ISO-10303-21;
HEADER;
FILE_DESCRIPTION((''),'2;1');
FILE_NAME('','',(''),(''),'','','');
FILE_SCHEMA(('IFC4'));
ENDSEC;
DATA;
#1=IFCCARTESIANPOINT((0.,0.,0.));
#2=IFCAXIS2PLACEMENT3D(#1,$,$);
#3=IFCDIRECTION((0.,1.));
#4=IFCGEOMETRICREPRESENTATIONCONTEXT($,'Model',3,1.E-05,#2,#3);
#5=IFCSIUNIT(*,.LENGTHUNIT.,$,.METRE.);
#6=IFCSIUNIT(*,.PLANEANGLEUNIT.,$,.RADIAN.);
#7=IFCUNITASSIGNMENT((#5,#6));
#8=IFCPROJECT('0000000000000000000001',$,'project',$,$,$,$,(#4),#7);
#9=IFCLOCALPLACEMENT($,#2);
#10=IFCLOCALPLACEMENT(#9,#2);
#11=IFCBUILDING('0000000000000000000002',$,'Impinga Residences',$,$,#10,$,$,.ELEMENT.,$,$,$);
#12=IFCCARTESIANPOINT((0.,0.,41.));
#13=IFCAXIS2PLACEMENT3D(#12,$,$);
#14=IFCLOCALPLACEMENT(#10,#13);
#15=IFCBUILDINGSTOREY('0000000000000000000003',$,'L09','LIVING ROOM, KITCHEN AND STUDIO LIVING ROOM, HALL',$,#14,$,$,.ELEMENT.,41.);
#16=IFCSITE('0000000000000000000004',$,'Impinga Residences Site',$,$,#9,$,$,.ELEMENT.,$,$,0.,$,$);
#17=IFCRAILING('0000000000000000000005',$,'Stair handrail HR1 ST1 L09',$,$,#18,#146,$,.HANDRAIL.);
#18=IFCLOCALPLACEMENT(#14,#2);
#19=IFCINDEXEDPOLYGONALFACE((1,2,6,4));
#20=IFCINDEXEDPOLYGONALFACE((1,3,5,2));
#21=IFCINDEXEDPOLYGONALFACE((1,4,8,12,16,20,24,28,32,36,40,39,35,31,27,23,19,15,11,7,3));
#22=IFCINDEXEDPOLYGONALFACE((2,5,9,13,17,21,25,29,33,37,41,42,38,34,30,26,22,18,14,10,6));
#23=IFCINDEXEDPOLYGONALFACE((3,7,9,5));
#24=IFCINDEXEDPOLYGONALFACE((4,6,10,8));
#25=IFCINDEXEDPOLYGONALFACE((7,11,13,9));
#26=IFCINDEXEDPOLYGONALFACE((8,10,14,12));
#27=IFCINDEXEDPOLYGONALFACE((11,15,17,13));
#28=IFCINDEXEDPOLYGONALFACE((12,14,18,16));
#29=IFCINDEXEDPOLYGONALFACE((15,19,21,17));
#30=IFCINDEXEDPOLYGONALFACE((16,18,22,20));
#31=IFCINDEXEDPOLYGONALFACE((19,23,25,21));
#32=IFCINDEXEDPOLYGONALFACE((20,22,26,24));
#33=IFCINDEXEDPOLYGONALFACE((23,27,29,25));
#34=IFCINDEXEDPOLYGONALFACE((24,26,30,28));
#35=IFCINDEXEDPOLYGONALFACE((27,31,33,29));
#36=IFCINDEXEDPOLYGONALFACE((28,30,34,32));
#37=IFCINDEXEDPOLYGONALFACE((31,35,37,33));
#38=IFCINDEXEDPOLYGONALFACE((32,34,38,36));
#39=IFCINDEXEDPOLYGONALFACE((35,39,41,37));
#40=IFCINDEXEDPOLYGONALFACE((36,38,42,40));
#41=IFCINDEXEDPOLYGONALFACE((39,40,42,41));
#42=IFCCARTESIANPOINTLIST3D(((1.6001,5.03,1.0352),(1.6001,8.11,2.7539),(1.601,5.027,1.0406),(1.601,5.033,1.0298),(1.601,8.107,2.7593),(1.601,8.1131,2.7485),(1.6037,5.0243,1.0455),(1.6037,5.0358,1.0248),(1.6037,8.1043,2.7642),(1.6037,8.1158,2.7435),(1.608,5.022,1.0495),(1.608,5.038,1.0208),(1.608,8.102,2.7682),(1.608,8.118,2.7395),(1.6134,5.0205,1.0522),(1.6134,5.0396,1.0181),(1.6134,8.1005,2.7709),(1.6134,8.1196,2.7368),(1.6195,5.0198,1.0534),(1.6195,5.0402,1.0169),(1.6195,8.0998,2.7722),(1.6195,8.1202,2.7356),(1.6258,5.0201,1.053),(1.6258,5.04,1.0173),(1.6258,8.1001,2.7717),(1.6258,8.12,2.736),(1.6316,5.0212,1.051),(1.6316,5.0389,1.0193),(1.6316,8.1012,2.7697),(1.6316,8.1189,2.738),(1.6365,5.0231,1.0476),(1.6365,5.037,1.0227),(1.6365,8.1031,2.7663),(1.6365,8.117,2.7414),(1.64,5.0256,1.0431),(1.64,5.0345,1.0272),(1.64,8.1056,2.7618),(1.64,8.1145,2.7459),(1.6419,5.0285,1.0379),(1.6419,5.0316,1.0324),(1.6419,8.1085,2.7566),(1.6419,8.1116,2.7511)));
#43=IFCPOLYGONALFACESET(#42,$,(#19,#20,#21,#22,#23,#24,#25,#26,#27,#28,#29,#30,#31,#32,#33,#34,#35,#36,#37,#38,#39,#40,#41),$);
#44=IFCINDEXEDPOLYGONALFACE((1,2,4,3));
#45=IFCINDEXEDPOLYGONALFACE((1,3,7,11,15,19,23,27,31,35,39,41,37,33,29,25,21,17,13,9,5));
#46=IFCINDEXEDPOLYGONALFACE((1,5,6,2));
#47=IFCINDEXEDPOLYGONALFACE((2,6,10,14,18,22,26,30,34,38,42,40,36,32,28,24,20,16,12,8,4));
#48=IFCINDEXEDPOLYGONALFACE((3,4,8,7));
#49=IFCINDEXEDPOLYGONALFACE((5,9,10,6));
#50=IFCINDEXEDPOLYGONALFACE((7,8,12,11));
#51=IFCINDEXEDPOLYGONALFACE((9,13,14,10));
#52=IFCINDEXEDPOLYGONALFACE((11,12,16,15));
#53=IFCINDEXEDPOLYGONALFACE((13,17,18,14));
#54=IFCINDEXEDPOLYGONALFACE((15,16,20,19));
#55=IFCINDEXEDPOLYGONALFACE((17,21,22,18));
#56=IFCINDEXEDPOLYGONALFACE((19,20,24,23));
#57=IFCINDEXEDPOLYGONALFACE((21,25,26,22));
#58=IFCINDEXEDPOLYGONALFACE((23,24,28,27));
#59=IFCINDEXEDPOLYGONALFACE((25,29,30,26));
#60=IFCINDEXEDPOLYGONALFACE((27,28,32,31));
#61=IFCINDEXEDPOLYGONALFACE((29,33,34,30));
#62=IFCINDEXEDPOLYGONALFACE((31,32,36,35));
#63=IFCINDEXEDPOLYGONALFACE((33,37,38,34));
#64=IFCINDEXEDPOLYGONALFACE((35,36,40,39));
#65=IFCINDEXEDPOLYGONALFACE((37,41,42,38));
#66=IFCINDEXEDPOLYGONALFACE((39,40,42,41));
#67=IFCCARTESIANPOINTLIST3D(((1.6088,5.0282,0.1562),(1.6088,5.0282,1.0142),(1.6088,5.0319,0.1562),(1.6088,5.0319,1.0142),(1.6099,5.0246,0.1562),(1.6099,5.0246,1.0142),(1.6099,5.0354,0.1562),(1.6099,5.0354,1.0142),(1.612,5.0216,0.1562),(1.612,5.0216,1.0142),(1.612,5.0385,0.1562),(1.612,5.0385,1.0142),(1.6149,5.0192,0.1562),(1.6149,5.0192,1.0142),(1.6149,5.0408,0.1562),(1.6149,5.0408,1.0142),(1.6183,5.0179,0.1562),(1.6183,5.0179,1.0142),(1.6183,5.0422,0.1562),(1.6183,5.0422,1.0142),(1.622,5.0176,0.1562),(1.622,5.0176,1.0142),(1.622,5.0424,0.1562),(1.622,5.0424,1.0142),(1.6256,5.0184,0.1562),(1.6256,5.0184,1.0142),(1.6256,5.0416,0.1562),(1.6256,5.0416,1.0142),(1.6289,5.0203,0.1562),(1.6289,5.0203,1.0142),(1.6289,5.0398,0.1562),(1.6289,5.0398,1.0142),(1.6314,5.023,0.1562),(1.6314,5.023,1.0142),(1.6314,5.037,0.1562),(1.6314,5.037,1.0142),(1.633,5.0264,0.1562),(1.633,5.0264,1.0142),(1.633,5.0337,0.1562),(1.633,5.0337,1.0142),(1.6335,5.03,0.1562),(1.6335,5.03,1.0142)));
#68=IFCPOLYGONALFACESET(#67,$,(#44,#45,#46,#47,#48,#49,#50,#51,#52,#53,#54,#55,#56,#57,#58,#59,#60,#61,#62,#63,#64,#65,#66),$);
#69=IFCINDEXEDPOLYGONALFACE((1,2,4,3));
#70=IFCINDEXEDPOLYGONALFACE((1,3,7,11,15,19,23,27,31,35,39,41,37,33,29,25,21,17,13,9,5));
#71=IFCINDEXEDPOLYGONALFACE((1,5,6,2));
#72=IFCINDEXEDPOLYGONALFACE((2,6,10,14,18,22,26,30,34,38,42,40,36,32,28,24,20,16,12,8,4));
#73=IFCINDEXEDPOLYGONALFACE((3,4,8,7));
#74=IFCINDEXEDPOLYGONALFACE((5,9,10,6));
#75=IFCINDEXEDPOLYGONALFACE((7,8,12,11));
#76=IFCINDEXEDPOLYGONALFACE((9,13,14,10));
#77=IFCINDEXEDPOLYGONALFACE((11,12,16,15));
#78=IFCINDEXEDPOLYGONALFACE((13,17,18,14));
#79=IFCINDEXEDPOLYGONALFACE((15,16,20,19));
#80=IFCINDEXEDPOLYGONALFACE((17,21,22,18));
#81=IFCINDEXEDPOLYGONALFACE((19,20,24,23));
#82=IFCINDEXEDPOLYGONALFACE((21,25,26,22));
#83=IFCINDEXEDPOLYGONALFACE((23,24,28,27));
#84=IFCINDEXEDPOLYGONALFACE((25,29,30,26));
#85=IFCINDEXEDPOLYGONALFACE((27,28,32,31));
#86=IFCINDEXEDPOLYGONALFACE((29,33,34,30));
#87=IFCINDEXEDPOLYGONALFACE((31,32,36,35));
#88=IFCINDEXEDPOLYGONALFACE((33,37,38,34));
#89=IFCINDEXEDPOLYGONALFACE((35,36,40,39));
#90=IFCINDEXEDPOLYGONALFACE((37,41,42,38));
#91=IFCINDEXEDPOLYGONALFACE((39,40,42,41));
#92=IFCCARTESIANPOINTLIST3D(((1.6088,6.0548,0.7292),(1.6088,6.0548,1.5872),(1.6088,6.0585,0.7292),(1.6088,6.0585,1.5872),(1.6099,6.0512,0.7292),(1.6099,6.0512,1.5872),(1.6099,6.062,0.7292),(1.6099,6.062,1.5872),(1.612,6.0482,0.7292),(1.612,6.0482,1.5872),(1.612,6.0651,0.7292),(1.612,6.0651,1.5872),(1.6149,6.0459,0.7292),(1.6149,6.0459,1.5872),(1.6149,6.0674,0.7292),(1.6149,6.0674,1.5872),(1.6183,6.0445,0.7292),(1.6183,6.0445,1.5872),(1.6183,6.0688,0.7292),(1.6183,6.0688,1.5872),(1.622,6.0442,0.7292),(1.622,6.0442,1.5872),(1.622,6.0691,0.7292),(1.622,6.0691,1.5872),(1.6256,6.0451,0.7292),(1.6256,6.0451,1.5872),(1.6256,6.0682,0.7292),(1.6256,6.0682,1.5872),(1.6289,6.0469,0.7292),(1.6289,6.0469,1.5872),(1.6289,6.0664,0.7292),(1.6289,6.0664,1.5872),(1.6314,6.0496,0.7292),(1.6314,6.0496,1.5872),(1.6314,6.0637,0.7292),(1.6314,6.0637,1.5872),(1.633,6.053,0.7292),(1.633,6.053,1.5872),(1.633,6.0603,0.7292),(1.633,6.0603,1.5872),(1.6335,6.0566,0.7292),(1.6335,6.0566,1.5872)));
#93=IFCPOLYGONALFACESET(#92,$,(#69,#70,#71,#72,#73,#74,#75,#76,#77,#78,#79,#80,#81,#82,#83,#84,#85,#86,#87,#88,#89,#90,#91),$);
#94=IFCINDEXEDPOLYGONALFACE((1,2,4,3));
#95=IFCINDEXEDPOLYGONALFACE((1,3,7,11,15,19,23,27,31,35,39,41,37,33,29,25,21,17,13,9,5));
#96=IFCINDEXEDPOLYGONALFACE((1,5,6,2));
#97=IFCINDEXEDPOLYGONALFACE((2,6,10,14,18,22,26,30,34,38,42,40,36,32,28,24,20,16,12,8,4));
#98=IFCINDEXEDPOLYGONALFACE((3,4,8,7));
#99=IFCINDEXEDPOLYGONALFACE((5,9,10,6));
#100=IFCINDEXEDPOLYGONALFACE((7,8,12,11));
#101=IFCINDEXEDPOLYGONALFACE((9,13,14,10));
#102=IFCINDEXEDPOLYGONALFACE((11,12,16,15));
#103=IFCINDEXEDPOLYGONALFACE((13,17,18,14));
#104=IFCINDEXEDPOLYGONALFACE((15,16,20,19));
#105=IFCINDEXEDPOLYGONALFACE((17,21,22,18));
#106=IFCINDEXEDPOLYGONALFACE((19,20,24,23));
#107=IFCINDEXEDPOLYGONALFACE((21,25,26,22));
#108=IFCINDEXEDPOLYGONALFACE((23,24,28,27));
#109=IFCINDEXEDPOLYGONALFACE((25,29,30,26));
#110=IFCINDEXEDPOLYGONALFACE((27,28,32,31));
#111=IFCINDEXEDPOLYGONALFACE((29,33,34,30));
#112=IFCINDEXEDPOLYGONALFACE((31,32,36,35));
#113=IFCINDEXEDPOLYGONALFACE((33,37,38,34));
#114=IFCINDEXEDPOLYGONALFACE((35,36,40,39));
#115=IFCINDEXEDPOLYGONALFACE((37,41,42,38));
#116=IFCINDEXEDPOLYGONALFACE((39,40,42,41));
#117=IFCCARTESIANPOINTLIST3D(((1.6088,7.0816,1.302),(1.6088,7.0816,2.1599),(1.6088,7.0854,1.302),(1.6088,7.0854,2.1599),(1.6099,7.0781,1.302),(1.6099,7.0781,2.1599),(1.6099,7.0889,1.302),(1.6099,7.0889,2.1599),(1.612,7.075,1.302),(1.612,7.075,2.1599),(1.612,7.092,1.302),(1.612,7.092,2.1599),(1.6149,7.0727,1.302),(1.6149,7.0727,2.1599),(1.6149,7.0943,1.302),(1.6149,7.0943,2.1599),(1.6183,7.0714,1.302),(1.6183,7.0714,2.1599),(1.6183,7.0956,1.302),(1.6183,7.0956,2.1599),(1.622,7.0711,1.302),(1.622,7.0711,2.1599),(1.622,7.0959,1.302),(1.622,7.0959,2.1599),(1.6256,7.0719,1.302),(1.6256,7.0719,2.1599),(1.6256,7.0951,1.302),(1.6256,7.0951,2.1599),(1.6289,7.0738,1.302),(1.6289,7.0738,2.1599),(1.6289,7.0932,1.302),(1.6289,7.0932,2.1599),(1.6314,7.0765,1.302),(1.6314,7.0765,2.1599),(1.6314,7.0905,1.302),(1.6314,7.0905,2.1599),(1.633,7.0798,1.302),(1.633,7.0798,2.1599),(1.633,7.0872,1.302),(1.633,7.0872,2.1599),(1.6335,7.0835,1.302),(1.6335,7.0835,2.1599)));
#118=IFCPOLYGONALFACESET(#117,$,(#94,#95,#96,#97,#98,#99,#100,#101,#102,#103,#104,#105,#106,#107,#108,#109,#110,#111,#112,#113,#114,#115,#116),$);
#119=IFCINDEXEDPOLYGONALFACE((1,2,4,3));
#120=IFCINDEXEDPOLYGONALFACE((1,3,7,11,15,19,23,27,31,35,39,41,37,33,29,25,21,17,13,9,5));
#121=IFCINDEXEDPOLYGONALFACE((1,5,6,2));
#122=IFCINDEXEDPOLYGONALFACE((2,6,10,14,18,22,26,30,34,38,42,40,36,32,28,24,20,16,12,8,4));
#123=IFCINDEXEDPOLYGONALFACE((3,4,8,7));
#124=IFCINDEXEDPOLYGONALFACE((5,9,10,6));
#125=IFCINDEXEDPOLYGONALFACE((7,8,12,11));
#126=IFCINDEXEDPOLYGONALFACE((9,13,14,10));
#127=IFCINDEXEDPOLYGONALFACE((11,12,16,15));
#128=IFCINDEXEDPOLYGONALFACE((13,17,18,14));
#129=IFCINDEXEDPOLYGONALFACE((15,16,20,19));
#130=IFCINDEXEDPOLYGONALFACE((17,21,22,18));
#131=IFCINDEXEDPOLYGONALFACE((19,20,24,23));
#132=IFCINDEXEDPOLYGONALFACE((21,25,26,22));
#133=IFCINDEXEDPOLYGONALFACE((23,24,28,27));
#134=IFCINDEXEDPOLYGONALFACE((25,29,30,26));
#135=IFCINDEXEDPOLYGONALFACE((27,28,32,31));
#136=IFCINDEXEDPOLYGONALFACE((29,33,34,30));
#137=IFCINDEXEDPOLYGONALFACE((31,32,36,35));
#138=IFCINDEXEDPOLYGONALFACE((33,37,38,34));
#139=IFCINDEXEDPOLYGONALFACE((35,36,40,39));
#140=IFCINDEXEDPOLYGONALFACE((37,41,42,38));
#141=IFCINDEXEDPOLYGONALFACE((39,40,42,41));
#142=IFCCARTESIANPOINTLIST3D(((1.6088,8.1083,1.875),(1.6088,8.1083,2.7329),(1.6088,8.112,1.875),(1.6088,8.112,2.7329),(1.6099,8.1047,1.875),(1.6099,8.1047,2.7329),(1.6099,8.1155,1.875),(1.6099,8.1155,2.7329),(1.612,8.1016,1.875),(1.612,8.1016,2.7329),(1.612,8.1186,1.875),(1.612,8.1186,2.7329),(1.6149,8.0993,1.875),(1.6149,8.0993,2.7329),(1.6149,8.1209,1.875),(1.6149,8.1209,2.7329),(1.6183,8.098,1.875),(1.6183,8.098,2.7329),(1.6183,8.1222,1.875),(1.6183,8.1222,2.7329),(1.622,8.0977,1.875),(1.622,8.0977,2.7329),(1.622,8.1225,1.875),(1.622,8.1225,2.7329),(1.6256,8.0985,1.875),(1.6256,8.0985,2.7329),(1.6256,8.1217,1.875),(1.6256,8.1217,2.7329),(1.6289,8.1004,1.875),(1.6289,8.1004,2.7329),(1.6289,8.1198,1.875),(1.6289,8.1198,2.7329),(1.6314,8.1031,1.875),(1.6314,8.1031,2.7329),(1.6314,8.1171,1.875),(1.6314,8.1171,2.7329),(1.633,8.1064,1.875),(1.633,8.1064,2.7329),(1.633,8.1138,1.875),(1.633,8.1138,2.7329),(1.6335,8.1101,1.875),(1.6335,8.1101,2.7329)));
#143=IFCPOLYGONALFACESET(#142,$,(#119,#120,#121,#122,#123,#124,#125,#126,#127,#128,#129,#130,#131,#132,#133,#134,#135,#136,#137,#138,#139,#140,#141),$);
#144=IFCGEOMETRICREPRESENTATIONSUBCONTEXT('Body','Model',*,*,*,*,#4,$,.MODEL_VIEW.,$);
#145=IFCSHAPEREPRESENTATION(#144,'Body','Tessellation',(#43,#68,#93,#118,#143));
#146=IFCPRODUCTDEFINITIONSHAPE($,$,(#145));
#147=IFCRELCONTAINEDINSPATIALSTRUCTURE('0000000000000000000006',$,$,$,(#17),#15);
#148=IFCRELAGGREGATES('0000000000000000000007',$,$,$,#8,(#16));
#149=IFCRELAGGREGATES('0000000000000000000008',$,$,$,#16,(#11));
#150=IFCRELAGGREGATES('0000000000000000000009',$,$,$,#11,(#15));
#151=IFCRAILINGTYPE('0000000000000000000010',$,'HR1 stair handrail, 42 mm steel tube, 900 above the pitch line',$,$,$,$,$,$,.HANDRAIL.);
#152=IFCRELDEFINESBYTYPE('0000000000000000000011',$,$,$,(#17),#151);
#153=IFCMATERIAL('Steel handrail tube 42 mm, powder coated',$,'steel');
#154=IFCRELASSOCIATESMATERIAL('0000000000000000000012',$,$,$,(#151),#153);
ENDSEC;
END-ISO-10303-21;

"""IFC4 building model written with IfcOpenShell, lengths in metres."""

from ifc_helpers import new_model, si_unit, direction, frame, origin, origin_2d, place, context, subcontext, project, spatial, circle, extrude, material, type_object, element, save


model = new_model("IFC4")

# Units and contexts
model_context = context("Model", 3, precision=1e-05, world=origin(), true_north=direction((0.0, 1.0)))
body_context = subcontext(model_context, "Body", "Model", "MODEL_VIEW")
ifc_project = project(units=[si_unit("LENGTHUNIT", "METRE"), si_unit("PLANEANGLEUNIT", "RADIAN")], contexts=[model_context])

# Site, building, storey
site_placement = place(None, origin())
site = spatial("IfcSite", under=ifc_project, at=site_placement, Name="Impinga Residences Site", CompositionType="ELEMENT", RefElevation=0.0)
building_placement = place(site_placement, origin())
building = spatial("IfcBuilding", under=site, at=building_placement, Name="Impinga Residences", CompositionType="ELEMENT")
storey_placement = place(building_placement, frame((0.0, 0.0, 41.0)))
storey = spatial("IfcBuildingStorey", under=building, at=storey_placement, Name="L09", Description="LIVING ROOM, KITCHEN AND STUDIO LIVING ROOM, HALL", CompositionType="ELEMENT", Elevation=41.0)

# Railing
ifc_material_1 = material(Name="Steel handrail tube 42 mm, powder coated", Category="steel")
railing_type_1 = type_object("IfcRailingType", Name="HR1 stair handrail, 42 mm steel tube, 900 above the pitch line", PredefinedType="HANDRAIL", material=ifc_material_1)
railing_1_placement = place(storey_placement, frame((1.6211, 5.03, 0.1562)))
element("IfcRailing", 1, at=railing_1_placement, inside=storey, type_object=railing_type_1, Name="Stair handrail HR1 ST1 L09", PredefinedType="HANDRAIL", context=body_context, shape_type="SweptSolid", body=[
    extrude(circle(Radius=0.021, at=origin_2d()), frame((0.0, 0.0, 0.8789), z_axis=(0.0, 0.873242, 0.487288), x_axis=(-1.0, 0.0, 0.0)), (0.0, 0.0, 1.0), 3.5271),
    extrude(circle(Radius=0.0125, at=origin_2d()), origin(), (0.0, 0.0, 1.0), 0.8579),
    extrude(circle(Radius=0.0125, at=origin_2d()), frame((0.0, 1.0266, 0.573)), (0.0, 0.0, 1.0), 0.8579),
    extrude(circle(Radius=0.0125, at=origin_2d()), frame((0.0, 2.0535, 1.1458)), (0.0, 0.0, 1.0), 0.8579),
    extrude(circle(Radius=0.0125, at=origin_2d()), frame((0.0, 3.0801, 1.7188)), (0.0, 0.0, 1.0), 0.8579),
])

save(model, "model.ifc")
